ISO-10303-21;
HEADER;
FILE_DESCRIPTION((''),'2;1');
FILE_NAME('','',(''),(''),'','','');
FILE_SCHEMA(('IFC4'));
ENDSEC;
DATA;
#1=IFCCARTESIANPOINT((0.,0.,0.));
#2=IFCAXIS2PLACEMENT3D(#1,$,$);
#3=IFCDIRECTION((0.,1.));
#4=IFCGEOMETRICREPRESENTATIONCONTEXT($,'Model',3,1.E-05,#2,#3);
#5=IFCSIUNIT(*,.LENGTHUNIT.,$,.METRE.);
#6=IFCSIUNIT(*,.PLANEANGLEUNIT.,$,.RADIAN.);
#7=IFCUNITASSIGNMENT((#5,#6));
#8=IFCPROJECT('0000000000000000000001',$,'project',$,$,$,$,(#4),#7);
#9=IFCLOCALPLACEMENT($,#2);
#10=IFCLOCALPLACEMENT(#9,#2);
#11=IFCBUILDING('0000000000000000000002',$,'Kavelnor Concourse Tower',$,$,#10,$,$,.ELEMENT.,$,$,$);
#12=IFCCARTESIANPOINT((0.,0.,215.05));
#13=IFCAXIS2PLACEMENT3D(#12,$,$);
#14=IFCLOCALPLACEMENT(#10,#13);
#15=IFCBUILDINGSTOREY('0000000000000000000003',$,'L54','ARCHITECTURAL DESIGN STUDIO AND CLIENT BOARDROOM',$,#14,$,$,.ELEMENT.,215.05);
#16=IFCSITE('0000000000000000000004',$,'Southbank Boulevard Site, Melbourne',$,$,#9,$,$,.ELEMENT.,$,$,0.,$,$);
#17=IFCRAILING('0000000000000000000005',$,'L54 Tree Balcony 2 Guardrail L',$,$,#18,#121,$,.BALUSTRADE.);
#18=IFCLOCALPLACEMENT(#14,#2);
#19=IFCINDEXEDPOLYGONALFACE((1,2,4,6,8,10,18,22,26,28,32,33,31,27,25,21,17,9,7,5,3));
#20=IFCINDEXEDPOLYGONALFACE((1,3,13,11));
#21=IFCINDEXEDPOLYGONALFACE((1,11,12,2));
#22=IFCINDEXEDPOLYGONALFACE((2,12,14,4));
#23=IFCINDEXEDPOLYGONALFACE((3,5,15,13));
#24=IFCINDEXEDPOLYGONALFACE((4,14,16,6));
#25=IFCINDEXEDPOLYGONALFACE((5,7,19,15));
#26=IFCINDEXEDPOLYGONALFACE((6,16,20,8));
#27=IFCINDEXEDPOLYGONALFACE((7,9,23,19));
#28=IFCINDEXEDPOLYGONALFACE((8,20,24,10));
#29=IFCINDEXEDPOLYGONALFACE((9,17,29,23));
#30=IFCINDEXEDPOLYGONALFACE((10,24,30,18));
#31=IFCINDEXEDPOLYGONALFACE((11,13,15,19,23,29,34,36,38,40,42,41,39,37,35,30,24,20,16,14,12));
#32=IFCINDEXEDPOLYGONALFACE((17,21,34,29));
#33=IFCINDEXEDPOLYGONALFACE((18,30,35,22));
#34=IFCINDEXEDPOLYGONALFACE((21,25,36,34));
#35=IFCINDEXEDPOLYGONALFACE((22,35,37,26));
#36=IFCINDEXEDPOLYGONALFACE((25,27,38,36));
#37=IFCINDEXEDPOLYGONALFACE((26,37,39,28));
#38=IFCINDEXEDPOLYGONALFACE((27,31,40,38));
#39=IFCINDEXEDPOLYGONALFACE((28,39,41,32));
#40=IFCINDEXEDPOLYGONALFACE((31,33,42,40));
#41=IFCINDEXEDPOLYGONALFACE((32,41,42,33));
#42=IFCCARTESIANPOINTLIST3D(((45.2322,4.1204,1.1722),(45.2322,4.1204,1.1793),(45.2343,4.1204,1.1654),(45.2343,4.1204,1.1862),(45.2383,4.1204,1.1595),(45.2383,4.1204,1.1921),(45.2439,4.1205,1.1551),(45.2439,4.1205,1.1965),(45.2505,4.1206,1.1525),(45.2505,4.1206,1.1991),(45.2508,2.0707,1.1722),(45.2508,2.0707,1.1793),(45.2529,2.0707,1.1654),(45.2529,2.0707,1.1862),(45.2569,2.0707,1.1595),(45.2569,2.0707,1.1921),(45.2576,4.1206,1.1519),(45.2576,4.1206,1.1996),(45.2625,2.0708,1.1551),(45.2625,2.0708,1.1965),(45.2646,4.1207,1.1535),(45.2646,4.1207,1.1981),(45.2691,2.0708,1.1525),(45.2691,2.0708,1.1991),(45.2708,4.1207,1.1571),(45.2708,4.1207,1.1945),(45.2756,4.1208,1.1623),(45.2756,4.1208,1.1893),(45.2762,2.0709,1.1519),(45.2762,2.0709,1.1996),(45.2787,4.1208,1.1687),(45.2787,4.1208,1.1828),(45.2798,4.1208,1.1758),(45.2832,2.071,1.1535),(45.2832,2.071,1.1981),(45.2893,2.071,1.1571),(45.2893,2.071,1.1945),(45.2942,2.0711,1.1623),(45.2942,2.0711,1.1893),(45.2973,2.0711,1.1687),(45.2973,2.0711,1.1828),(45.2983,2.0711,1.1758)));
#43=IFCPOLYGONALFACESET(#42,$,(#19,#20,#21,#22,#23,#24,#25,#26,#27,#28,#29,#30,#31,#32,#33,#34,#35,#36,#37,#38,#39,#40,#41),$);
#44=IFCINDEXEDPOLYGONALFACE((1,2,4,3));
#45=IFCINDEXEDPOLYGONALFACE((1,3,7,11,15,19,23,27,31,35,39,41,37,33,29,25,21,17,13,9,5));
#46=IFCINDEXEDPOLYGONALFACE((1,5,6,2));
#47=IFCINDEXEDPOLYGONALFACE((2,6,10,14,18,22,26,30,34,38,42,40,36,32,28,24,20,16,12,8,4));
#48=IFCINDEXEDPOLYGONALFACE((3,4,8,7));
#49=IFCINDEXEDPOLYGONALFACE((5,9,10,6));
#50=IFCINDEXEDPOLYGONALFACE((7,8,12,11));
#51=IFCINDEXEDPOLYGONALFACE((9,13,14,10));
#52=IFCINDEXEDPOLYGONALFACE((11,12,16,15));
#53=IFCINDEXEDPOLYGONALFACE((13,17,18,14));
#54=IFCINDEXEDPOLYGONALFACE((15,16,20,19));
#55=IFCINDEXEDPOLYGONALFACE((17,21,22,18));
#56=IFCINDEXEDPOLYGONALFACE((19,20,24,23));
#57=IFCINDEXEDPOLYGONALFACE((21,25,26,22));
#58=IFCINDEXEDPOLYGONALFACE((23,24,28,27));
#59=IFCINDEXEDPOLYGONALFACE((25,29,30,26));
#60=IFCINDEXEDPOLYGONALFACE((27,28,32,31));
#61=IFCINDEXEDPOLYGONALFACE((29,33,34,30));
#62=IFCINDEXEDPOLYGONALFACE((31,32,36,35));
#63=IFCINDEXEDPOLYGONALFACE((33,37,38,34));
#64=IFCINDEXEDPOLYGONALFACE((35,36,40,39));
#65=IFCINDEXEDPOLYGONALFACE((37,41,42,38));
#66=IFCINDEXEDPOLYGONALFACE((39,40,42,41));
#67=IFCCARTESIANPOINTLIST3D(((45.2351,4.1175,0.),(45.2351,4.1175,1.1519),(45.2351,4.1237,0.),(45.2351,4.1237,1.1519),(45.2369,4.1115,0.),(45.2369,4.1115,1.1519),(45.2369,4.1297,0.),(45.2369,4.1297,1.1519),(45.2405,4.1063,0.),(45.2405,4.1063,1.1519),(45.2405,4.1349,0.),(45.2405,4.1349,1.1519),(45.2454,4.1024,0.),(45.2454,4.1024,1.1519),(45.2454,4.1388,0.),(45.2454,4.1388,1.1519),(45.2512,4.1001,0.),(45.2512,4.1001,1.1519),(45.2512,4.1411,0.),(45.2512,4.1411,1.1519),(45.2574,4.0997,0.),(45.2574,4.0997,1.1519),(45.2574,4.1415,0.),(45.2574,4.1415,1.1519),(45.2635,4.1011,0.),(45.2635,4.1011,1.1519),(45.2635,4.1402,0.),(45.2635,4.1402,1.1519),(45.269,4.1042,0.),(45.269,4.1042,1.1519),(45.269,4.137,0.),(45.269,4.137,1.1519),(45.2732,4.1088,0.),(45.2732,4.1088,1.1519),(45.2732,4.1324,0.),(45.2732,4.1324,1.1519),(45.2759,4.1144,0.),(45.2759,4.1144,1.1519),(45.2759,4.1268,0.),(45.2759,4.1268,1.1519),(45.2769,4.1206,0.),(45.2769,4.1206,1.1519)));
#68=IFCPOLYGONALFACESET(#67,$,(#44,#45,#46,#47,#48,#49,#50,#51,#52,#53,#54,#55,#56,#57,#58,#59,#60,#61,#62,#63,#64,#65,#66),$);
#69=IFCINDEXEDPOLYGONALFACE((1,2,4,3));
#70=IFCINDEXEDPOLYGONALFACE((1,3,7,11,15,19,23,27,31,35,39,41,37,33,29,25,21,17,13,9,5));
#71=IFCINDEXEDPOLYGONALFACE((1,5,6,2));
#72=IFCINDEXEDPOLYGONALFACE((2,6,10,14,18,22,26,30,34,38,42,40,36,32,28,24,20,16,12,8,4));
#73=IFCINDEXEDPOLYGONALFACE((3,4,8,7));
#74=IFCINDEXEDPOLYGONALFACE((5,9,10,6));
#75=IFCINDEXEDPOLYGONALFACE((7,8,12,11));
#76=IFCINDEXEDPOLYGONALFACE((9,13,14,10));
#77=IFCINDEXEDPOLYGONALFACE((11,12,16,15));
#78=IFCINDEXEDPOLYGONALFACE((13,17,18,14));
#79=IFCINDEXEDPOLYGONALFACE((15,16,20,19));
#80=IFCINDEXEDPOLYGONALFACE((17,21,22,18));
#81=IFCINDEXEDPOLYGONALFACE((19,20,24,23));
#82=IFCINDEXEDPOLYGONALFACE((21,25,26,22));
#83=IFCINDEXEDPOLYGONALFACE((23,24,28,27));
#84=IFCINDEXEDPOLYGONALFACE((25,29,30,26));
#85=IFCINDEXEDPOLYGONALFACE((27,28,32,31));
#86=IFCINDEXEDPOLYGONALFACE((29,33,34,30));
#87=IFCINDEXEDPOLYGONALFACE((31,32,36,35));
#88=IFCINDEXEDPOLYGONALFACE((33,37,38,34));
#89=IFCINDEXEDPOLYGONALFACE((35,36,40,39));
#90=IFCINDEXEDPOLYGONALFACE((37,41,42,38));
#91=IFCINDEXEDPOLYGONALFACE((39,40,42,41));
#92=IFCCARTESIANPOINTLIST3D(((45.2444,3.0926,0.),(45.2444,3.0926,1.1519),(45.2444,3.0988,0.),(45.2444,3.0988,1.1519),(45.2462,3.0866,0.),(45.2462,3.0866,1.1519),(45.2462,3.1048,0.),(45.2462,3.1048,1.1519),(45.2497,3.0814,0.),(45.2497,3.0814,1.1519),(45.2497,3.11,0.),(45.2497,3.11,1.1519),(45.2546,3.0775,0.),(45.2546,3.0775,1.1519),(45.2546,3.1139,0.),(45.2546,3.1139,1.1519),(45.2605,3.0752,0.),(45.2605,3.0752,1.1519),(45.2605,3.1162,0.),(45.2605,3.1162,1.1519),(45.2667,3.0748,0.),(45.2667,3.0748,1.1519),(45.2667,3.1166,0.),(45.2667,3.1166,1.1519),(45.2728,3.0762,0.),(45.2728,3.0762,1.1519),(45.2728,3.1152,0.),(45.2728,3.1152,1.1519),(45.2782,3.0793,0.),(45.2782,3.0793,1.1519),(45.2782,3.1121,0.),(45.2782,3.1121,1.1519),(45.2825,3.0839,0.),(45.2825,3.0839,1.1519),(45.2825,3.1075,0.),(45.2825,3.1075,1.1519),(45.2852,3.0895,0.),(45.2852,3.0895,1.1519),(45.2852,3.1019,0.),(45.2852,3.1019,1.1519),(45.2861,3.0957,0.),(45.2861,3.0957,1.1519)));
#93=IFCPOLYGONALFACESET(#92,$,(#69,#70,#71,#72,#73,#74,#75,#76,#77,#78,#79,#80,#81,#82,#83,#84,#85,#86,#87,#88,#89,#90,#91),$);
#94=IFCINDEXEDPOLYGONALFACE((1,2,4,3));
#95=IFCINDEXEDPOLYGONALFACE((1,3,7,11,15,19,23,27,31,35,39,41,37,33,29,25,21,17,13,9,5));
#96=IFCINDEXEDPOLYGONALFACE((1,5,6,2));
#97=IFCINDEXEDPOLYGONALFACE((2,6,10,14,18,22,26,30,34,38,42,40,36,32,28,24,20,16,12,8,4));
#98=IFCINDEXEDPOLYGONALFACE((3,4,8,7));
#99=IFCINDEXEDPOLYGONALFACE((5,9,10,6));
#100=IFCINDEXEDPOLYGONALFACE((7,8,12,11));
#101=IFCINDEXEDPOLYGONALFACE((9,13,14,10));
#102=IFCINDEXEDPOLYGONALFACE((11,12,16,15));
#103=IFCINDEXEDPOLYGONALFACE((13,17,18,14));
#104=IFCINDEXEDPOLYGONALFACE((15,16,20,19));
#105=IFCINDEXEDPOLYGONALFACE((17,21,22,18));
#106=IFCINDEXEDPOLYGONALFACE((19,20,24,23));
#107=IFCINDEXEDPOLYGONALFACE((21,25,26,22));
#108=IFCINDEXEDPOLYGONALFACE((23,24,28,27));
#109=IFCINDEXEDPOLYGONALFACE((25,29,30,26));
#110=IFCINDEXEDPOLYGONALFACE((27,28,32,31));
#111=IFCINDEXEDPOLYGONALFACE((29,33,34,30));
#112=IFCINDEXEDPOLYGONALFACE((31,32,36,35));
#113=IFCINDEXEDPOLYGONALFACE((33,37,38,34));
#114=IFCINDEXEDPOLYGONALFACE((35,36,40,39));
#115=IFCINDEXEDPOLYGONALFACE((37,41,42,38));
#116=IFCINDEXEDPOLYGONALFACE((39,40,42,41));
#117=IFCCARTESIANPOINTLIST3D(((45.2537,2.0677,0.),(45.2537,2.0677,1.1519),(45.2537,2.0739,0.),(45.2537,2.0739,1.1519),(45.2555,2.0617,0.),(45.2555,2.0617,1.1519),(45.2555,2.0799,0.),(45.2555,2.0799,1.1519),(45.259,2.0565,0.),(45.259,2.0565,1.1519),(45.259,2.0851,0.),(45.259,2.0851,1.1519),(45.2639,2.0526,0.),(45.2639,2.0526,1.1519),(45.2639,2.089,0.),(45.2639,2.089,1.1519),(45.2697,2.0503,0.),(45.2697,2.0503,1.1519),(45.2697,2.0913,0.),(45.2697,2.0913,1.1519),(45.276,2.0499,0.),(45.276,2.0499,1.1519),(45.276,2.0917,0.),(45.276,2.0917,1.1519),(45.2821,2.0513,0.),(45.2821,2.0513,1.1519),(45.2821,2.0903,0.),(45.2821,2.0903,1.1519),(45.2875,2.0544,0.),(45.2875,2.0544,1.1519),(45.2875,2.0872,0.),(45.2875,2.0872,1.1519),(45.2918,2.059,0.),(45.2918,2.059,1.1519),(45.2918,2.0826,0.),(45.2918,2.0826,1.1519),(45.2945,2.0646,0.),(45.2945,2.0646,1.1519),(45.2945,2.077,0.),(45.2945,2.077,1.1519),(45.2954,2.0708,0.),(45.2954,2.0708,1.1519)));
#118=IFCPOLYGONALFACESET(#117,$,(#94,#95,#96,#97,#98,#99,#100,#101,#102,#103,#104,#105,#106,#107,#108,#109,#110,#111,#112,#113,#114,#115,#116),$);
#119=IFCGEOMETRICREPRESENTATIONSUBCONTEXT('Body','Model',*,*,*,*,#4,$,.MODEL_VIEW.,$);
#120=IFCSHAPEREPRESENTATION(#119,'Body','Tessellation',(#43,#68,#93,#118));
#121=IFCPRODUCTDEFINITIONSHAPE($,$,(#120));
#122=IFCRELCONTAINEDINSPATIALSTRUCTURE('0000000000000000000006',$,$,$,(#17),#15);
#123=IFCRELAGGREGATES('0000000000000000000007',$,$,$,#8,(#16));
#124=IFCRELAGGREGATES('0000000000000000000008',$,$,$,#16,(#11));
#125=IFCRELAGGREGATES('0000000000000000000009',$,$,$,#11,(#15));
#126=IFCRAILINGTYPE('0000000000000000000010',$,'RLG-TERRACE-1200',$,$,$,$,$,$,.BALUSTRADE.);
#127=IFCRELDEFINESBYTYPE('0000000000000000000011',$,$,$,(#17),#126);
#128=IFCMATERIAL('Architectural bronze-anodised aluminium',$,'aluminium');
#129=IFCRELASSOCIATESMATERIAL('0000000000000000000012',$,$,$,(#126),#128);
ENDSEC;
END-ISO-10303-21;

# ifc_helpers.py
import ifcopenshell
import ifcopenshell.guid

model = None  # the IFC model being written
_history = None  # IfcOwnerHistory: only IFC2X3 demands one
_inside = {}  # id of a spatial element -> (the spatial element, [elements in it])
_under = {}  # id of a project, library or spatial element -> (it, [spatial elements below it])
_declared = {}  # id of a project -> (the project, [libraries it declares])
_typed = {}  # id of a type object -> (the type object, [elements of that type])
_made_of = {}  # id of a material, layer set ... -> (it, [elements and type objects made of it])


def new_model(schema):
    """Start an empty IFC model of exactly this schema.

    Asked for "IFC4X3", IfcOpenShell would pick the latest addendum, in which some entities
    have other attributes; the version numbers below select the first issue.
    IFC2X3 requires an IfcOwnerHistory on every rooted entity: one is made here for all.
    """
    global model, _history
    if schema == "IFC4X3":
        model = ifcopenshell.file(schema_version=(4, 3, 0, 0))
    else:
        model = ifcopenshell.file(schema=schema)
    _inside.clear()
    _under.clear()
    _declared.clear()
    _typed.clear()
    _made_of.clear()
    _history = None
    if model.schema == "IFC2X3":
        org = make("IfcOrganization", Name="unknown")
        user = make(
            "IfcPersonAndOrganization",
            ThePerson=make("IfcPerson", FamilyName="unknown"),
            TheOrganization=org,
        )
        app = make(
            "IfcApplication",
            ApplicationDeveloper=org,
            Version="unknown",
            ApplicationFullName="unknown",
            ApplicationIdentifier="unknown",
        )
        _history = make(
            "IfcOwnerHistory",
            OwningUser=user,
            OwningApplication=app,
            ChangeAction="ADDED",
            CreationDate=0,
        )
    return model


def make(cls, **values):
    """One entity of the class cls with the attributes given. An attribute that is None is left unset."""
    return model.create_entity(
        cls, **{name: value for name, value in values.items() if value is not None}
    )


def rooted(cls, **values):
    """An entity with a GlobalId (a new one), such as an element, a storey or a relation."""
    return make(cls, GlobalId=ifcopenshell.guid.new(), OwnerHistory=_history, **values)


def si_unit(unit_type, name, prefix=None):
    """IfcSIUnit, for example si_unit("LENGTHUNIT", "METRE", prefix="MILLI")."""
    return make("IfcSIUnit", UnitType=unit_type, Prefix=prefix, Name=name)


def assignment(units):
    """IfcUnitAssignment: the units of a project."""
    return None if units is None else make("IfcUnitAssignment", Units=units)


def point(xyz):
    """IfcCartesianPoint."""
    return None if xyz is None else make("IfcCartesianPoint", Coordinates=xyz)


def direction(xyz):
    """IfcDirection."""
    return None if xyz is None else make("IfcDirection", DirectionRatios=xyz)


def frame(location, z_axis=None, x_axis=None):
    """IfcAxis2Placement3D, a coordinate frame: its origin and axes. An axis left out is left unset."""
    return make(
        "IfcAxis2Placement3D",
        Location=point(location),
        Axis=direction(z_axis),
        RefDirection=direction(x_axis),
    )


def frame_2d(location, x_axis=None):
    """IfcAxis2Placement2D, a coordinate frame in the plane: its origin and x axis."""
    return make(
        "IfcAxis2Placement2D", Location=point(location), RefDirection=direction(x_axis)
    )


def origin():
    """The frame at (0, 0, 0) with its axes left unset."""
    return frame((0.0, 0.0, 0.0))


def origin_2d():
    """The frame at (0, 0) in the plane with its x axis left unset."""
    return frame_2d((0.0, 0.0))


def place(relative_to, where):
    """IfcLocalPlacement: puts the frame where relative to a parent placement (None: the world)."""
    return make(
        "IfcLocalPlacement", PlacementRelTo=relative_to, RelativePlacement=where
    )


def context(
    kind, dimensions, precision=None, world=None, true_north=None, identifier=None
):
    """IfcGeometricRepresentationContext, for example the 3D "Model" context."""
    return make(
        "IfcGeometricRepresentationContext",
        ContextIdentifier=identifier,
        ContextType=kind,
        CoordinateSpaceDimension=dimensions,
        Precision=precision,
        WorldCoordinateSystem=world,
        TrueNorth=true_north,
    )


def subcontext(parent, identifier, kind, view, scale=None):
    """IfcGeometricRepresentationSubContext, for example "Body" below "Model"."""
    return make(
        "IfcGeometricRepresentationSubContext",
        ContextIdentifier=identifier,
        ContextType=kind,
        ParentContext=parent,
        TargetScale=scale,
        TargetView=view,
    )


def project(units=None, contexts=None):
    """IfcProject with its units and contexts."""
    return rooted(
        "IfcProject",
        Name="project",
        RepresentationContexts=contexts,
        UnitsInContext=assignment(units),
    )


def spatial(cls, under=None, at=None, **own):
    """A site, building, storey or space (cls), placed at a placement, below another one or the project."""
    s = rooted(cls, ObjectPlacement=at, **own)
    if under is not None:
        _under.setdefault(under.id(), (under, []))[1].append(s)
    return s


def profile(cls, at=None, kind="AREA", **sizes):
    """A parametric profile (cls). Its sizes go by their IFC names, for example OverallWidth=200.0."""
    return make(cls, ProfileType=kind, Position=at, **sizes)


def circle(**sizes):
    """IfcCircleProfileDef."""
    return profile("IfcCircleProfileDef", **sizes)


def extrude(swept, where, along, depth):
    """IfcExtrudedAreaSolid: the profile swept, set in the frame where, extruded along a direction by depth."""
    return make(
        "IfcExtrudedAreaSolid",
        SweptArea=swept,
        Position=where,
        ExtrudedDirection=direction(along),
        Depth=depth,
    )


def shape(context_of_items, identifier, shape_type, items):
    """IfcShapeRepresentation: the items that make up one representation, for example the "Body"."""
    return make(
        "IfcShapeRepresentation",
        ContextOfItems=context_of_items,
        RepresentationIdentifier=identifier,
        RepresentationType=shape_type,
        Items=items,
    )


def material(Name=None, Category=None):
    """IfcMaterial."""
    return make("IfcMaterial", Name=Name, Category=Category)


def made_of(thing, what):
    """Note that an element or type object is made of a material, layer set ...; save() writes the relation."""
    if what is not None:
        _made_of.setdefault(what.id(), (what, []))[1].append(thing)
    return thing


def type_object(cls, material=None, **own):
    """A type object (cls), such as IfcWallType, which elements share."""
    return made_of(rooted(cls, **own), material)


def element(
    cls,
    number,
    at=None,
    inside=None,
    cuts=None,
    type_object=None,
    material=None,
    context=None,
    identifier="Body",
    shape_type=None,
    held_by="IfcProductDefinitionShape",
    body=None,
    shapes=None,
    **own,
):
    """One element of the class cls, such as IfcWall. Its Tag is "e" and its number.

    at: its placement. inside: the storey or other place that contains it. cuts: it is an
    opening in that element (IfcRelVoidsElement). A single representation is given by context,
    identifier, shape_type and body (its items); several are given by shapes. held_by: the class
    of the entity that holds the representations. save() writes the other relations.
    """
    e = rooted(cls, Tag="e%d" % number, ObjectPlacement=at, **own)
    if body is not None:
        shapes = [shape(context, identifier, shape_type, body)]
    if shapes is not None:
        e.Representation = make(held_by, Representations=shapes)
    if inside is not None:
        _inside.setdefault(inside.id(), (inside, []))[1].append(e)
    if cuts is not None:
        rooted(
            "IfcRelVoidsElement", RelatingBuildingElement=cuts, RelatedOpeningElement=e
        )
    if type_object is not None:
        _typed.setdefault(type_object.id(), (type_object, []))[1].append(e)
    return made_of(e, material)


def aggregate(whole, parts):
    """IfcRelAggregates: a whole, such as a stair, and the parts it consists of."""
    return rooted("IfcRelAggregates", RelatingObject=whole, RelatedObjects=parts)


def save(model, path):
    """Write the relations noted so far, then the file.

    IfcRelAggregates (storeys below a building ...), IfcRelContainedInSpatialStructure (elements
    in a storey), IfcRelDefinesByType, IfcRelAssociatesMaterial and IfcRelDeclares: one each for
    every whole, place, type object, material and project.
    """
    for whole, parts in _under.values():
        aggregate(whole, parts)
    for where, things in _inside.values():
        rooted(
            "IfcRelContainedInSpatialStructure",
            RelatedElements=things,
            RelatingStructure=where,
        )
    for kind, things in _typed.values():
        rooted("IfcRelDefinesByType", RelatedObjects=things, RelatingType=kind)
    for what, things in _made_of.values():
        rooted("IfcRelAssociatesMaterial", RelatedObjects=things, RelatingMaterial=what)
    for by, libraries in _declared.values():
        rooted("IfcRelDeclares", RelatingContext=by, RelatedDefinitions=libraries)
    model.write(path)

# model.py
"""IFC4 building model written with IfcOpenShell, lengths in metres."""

from ifc_helpers import new_model, si_unit, direction, frame, origin, origin_2d, place, context, subcontext, project, spatial, circle, extrude, material, type_object, element, save


model = new_model("IFC4")

# Units and contexts
model_context = context("Model", 3, precision=1e-05, world=origin(), true_north=direction((0.0, 1.0)))
body_context = subcontext(model_context, "Body", "Model", "MODEL_VIEW")
ifc_project = project(units=[si_unit("LENGTHUNIT", "METRE"), si_unit("PLANEANGLEUNIT", "RADIAN")], contexts=[model_context])

# Site, building, storey
site_placement = place(None, origin())
site = spatial("IfcSite", under=ifc_project, at=site_placement, Name="Southbank Boulevard Site, Melbourne", CompositionType="ELEMENT", RefElevation=0.0)
building_placement = place(site_placement, origin())
building = spatial("IfcBuilding", under=site, at=building_placement, Name="Kavelnor Concourse Tower", CompositionType="ELEMENT")
storey_placement = place(building_placement, frame((0.0, 0.0, 215.05)))
storey = spatial("IfcBuildingStorey", under=building, at=storey_placement, Name="L54", Description="ARCHITECTURAL DESIGN STUDIO AND CLIENT BOARDROOM", CompositionType="ELEMENT", Elevation=215.05)

# Railing
ifc_material_1 = material(Name="Architectural bronze-anodised aluminium", Category="aluminium")
railing_type_1 = type_object("IfcRailingType", Name="RLG-TERRACE-1200", PredefinedType="BALUSTRADE", material=ifc_material_1)
railing_1_placement = place(storey_placement, frame((45.2559, 4.1206, 0.0)))
element("IfcRailing", 1, at=railing_1_placement, inside=storey, type_object=railing_type_1, Name="L54 Tree Balcony 2 Guardrail L", PredefinedType="BALUSTRADE", context=body_context, shape_type="SweptSolid", body=[
    extrude(circle(Radius=0.0239, at=origin_2d()), frame((0.0, 0.0, 1.1758), z_axis=(0.009052, -0.999959, 0.0), x_axis=(0.999959, 0.009052, 0.0)), (0.0, 0.0, 1.0), 2.0498),
    extrude(circle(Radius=0.021, at=origin_2d()), origin(), (0.0, 0.0, 1.0), 1.1519),
    extrude(circle(Radius=0.021, at=origin_2d()), frame((0.0093, -1.0249, 0.0)), (0.0, 0.0, 1.0), 1.1519),
    extrude(circle(Radius=0.021, at=origin_2d()), frame((0.0186, -2.0498, 0.0)), (0.0, 0.0, 1.0), 1.1519),
])

save(model, "model.ifc")
